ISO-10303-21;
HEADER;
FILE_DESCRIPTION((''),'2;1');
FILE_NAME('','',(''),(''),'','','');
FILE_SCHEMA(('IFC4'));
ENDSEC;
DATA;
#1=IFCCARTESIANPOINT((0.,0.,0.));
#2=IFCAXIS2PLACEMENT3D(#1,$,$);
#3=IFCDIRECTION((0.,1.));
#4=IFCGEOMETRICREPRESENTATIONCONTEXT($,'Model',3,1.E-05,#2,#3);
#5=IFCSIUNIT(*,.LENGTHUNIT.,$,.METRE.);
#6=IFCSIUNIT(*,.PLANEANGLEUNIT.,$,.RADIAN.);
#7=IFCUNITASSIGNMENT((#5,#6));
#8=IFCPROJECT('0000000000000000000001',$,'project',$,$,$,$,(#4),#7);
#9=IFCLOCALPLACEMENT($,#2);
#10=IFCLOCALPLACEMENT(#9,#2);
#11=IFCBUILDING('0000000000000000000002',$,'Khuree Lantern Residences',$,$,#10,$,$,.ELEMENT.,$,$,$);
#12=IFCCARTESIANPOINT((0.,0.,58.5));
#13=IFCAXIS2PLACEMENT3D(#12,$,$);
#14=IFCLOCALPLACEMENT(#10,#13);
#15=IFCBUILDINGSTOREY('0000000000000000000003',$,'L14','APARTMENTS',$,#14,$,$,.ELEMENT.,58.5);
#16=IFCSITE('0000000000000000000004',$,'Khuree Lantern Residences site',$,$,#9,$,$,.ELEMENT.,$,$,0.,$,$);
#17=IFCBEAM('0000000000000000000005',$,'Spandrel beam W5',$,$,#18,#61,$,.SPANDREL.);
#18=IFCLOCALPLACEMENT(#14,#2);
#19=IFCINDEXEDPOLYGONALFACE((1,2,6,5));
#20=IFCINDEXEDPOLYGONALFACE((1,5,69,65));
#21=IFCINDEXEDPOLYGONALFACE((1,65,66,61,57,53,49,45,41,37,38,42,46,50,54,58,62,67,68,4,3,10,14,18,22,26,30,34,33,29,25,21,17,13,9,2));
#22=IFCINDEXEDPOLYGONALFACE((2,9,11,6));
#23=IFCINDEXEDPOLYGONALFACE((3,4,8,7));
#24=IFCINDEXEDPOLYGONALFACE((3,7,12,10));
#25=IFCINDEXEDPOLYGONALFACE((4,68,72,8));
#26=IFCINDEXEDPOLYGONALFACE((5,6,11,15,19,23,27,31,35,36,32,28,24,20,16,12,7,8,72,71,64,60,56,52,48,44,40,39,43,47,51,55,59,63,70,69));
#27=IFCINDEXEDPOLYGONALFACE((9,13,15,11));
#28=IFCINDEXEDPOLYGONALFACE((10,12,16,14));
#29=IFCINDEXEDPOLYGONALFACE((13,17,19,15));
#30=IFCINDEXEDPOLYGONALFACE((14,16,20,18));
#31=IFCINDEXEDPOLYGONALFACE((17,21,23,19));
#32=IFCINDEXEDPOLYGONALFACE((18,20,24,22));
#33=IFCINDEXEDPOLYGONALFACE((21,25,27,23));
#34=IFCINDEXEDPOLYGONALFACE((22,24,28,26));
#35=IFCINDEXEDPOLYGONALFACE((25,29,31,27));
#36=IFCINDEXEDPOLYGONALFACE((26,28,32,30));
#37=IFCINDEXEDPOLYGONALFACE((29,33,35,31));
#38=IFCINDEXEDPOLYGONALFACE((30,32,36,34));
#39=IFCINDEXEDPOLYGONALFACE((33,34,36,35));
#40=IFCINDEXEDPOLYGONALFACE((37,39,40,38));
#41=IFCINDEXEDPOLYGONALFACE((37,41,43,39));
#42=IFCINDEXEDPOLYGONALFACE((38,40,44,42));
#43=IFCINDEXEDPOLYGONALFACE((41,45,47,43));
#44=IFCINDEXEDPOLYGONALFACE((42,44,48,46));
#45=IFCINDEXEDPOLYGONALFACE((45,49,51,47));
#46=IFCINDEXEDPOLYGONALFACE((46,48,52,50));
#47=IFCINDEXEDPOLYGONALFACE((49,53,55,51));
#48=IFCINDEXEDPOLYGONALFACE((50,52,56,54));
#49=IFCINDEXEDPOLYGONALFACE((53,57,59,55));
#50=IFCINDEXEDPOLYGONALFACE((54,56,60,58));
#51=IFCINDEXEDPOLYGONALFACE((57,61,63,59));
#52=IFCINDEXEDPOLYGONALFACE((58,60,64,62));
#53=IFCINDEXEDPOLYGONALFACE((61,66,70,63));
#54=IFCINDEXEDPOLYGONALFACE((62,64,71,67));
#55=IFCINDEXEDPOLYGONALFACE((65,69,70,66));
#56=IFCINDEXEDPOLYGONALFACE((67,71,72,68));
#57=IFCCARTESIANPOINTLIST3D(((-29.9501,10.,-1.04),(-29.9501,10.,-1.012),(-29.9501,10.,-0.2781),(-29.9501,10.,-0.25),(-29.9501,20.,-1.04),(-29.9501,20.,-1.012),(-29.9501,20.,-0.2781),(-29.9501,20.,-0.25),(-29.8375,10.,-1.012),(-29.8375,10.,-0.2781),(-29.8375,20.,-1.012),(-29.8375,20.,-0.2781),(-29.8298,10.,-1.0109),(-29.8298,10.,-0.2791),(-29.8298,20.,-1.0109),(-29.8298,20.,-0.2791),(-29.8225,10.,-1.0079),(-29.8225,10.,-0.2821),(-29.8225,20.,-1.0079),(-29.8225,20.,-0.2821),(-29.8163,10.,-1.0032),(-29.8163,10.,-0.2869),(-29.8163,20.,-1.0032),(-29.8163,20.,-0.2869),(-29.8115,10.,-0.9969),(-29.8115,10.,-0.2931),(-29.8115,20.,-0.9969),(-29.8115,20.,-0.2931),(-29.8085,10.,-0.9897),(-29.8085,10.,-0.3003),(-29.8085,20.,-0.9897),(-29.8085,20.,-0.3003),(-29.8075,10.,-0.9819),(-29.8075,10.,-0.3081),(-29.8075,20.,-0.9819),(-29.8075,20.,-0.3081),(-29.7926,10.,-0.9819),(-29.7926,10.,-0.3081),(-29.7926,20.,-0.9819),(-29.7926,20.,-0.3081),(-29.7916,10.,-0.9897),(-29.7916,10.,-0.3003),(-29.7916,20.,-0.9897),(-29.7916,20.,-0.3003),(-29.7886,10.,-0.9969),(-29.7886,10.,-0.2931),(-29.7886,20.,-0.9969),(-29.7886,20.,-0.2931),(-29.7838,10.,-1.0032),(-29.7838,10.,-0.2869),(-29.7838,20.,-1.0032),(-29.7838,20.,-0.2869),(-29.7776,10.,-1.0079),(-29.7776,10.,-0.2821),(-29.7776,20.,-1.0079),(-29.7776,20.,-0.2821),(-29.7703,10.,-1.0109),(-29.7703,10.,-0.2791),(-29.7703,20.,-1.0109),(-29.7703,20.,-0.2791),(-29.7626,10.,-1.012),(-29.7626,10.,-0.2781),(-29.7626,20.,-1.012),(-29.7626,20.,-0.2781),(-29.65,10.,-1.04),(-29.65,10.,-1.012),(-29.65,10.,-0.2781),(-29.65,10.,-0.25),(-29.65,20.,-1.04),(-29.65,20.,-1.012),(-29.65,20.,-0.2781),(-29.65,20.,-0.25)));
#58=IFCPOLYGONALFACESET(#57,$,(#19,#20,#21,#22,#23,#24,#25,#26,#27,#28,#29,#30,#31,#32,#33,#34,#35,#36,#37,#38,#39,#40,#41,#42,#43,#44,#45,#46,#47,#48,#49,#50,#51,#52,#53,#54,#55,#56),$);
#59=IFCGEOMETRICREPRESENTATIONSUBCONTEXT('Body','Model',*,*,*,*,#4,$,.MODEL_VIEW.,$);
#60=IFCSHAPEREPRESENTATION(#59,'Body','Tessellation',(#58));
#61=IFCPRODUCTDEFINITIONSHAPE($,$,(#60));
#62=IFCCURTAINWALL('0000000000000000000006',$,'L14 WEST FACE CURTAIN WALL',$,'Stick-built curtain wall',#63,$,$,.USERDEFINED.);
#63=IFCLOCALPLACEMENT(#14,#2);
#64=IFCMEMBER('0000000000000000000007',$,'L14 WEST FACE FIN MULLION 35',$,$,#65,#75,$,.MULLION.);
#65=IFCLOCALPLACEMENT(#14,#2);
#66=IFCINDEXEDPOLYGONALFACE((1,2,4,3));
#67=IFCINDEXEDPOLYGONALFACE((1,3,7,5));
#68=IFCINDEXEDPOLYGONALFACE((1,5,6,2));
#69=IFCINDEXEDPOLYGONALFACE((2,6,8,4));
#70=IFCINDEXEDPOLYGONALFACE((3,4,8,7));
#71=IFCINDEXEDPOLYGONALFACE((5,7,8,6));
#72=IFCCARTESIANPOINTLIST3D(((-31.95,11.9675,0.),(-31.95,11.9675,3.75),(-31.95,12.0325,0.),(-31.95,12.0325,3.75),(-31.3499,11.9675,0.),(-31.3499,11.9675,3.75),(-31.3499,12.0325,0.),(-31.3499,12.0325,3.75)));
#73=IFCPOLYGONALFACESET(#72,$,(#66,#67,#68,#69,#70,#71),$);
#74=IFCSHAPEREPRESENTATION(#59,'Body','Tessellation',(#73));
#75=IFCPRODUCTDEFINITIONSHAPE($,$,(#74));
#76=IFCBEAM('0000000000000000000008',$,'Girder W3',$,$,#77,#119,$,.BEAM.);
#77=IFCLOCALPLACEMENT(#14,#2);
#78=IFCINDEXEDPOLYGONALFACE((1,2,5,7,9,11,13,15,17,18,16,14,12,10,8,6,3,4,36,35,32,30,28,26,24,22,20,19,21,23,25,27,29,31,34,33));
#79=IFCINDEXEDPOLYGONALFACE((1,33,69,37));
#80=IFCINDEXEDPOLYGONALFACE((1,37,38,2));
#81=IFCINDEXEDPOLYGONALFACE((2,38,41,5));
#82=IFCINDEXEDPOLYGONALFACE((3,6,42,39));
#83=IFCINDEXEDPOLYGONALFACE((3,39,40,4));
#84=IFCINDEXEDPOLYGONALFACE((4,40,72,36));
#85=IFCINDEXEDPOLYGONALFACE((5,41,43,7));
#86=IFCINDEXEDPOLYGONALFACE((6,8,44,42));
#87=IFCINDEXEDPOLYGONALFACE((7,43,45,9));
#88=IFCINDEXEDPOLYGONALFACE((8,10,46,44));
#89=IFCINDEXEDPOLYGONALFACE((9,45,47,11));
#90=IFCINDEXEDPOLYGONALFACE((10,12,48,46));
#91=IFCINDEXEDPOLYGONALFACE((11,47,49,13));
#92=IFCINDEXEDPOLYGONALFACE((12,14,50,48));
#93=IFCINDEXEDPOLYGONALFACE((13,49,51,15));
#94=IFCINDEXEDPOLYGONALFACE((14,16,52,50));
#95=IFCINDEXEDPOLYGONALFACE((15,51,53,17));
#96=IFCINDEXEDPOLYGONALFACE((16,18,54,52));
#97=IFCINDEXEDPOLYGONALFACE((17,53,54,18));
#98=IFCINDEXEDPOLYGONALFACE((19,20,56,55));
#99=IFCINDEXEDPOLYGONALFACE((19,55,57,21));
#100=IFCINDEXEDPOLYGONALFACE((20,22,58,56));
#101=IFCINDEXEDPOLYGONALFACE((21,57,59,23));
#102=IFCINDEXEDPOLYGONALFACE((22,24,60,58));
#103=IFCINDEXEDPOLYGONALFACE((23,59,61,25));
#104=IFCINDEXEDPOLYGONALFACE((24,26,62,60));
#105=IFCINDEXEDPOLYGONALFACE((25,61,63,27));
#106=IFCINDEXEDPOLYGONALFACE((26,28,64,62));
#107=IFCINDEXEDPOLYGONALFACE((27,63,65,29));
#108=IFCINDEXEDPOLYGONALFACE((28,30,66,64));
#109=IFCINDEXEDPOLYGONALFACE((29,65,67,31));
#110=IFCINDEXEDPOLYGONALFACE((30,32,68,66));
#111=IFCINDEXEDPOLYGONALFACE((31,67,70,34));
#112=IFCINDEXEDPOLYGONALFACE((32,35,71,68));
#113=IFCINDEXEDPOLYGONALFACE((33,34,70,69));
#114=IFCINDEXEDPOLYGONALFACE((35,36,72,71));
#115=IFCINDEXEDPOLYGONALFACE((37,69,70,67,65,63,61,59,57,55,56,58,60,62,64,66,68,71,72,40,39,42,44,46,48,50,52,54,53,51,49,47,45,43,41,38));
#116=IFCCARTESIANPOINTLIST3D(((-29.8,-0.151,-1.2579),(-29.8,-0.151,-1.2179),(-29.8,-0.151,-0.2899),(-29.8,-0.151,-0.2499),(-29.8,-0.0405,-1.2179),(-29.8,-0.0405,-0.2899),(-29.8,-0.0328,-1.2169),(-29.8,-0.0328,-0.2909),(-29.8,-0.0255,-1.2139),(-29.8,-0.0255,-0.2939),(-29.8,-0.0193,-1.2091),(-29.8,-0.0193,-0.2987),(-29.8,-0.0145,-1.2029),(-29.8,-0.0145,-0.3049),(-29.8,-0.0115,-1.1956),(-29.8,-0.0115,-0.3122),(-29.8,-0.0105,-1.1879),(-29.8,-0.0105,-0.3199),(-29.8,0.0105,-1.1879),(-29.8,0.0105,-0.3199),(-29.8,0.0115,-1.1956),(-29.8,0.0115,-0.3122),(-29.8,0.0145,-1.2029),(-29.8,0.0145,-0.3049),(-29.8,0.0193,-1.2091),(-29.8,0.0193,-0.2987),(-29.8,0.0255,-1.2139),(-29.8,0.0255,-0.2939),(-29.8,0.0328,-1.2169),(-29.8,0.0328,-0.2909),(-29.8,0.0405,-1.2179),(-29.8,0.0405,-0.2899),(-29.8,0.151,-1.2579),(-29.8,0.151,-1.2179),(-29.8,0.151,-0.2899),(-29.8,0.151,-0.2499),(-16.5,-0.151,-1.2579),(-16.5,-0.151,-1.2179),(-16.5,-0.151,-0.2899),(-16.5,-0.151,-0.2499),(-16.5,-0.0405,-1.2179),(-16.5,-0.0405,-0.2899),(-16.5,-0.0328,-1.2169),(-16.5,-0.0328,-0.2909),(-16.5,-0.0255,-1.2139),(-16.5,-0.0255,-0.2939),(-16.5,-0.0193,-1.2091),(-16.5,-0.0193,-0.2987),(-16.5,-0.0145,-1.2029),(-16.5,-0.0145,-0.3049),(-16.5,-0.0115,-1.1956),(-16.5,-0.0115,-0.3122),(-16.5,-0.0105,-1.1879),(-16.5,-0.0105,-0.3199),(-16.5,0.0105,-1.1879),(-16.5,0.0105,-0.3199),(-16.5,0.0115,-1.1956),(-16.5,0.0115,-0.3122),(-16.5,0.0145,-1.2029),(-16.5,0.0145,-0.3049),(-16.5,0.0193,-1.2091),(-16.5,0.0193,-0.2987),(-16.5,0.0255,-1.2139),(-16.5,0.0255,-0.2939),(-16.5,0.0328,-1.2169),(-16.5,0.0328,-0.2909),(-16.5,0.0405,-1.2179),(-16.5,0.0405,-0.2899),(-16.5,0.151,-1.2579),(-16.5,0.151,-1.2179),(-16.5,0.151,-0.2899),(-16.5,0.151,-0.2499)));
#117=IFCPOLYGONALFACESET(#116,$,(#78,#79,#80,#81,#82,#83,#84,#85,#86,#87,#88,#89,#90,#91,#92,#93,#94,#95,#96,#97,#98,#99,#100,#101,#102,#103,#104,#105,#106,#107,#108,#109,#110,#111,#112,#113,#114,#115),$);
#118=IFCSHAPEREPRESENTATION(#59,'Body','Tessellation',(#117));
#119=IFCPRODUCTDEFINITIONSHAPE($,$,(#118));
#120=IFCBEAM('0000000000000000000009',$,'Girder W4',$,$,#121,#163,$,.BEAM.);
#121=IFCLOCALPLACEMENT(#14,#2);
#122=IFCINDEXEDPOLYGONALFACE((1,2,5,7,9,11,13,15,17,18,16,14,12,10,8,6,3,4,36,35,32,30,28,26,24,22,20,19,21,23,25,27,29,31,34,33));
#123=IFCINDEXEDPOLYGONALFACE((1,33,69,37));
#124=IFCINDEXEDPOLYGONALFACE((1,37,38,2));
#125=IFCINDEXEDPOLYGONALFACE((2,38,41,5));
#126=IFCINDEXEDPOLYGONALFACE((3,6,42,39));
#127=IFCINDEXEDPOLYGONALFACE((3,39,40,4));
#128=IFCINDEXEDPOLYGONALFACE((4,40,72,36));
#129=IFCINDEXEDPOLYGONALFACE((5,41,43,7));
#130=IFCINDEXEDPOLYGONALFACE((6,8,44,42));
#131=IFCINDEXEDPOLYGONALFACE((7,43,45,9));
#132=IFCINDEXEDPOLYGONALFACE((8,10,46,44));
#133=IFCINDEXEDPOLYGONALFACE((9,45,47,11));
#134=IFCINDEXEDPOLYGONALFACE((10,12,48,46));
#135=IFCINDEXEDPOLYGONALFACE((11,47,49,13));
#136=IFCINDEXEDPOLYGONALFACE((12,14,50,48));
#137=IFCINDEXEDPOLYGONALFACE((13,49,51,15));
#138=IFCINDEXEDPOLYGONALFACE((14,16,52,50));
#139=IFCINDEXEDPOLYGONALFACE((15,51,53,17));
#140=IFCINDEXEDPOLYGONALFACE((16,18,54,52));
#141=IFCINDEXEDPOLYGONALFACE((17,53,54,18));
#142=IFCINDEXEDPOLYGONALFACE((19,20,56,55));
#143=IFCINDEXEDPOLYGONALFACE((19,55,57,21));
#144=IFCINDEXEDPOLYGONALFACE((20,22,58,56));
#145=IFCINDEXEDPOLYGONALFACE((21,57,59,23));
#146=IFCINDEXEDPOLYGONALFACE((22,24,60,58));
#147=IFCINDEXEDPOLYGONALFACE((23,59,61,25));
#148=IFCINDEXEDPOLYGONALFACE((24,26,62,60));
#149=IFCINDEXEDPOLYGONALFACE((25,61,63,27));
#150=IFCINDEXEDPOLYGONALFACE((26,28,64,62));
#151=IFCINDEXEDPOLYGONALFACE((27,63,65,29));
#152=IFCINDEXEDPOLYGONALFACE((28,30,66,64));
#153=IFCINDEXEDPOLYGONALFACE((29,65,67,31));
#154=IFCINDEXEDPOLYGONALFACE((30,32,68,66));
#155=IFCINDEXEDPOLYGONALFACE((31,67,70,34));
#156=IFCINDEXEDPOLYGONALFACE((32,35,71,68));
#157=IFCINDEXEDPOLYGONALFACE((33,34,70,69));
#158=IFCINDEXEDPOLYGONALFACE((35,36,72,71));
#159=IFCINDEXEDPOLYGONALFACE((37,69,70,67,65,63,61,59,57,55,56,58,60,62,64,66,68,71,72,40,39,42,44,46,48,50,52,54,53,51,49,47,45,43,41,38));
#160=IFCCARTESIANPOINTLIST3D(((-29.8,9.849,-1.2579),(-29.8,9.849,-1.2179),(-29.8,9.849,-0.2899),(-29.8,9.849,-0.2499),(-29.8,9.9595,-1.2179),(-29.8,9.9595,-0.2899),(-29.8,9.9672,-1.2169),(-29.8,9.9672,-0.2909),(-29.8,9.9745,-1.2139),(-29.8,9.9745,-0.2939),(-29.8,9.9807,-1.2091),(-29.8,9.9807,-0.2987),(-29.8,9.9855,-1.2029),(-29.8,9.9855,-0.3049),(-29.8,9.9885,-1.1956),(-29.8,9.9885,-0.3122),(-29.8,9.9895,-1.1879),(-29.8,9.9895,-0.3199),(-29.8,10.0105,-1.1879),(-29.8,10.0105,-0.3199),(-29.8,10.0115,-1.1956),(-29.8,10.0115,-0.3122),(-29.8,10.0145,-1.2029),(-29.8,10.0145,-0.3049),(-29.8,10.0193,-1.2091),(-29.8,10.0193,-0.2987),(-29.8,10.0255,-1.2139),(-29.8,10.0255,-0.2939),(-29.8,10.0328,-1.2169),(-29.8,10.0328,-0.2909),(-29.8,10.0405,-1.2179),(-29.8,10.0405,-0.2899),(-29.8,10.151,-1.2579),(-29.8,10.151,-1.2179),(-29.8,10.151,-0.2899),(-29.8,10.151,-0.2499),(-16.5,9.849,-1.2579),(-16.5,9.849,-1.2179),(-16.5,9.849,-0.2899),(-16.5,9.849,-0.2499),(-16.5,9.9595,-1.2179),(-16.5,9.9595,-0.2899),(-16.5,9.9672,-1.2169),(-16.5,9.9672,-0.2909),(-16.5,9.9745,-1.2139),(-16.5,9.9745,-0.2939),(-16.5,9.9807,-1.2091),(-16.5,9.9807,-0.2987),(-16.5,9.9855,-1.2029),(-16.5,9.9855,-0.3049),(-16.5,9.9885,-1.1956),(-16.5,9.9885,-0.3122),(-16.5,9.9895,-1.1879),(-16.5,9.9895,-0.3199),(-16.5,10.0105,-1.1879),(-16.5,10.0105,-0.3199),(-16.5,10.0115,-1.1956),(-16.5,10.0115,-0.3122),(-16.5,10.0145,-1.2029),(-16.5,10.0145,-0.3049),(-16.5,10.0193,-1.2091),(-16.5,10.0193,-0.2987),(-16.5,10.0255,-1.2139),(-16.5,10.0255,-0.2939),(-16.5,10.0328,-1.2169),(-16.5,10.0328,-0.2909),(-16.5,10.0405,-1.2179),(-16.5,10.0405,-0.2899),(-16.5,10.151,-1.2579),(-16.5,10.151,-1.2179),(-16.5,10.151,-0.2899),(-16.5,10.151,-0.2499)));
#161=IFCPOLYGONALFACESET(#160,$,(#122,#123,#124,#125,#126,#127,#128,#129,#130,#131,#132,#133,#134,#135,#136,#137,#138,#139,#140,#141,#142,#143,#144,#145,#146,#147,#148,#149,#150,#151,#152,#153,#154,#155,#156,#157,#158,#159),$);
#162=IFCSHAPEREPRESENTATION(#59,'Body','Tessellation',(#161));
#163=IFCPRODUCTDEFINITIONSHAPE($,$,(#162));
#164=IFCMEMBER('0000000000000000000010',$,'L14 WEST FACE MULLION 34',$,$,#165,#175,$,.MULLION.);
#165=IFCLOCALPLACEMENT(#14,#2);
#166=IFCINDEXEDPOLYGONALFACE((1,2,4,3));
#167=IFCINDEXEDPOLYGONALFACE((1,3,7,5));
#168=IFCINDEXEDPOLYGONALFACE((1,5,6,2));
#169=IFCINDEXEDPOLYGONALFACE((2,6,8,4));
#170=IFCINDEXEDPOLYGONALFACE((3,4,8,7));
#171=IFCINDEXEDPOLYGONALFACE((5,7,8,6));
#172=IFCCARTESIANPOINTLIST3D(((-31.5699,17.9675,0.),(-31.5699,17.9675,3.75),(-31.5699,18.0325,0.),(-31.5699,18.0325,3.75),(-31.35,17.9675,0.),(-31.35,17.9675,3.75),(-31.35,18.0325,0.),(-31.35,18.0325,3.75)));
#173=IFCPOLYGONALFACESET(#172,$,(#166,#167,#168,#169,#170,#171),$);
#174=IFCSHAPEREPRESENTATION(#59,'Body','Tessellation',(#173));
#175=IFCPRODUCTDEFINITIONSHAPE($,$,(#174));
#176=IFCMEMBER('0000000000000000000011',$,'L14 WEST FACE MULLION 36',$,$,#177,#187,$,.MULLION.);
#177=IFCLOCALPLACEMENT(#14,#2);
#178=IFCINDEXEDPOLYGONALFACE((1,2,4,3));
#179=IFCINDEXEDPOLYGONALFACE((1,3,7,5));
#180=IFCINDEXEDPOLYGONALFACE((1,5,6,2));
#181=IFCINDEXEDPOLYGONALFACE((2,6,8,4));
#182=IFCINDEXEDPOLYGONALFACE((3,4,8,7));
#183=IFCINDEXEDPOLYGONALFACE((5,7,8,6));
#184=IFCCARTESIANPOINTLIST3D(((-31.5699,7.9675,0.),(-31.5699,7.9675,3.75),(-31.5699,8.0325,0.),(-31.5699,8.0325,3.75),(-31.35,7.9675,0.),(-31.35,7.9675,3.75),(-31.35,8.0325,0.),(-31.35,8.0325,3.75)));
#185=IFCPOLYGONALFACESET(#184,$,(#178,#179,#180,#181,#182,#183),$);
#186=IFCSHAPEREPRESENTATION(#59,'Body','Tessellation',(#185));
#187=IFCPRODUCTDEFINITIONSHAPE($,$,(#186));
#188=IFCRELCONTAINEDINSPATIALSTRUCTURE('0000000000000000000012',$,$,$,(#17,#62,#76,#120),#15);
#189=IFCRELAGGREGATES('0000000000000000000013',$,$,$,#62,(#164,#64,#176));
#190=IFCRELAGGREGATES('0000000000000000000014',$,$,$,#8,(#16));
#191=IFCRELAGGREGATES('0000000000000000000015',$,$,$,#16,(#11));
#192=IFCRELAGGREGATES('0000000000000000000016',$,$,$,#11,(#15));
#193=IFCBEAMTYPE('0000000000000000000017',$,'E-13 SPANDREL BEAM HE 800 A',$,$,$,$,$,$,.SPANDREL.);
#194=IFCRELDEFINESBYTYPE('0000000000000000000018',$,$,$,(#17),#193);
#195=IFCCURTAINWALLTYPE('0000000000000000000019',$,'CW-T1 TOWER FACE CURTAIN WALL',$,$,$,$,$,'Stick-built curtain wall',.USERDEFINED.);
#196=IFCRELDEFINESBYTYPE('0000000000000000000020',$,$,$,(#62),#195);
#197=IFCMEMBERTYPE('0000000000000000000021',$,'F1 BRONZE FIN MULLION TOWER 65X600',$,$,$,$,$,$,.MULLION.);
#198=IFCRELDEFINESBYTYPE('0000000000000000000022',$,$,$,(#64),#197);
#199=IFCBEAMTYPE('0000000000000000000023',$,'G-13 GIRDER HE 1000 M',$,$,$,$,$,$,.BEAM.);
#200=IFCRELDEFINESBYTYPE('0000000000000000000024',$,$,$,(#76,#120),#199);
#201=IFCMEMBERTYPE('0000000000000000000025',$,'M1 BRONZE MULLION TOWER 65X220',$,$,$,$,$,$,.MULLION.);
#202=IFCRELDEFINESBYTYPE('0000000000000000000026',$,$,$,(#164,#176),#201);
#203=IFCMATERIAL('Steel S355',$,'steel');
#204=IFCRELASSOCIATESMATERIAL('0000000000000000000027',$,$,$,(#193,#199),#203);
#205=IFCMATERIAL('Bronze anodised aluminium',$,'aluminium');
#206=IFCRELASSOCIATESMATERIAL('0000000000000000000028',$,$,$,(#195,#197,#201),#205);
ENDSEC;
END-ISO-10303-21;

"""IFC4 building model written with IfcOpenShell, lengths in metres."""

from ifc_helpers import new_model, si_unit, direction, frame, origin, origin_2d, place, context, subcontext, project, spatial, rectangle, i_section, extrude, material, material_profile, profile_set, type_object, element, aggregate, save


model = new_model("IFC4")

# Units and contexts
model_context = context("Model", 3, precision=1e-05, world=origin(), true_north=direction((0.0, 1.0)))
body_context = subcontext(model_context, "Body", "Model", "MODEL_VIEW")
ifc_project = project(units=[si_unit("LENGTHUNIT", "METRE"), si_unit("PLANEANGLEUNIT", "RADIAN")], contexts=[model_context])

# Site, building, storey
site_placement = place(None, origin())
site = spatial("IfcSite", under=ifc_project, at=site_placement, Name="Khuree Lantern Residences site", CompositionType="ELEMENT", RefElevation=0.0)
building_placement = place(site_placement, origin())
building = spatial("IfcBuilding", under=site, at=building_placement, Name="Khuree Lantern Residences", CompositionType="ELEMENT")
storey_placement = place(building_placement, frame((0.0, 0.0, 58.5)))
storey = spatial("IfcBuildingStorey", under=building, at=storey_placement, Name="L14", Description="APARTMENTS", CompositionType="ELEMENT", Elevation=58.5)

# Beam
ifc_material_1 = material(Name="Steel S355", Category="steel")
ifc_material_profile_1 = material_profile(ifc_material_1, i_section(OverallWidth=0.3, OverallDepth=0.79, WebThickness=0.0149, FlangeThickness=0.0281, FilletRadius=0.03, at=origin_2d()), Name="HE 800 A")
ifc_profile_set_1 = profile_set([ifc_material_profile_1], Name="Steel S355")
beam_type_1 = type_object("IfcBeamType", Name="E-13 SPANDREL BEAM HE 800 A", PredefinedType="SPANDREL", material=ifc_profile_set_1)
for number, where, z_axis, x_axis, name in (
    (1, (-29.8, 10.0, -0.645), (0.0, 1.0, 0.0), (-1.0, 0.0, 0.0), "Spandrel beam W5"),
):
    element("IfcBeam", number, at=place(storey_placement, frame(where, z_axis=z_axis, x_axis=x_axis)), inside=storey, type_object=beam_type_1, Name=name, PredefinedType="SPANDREL", context=body_context, shape_type="SweptSolid", body=[
        extrude(i_section(OverallWidth=0.3, OverallDepth=0.79, WebThickness=0.0149, FlangeThickness=0.0281, FilletRadius=0.03, at=origin_2d()), origin(), (0.0, 0.0, 1.0), 10.0),
    ])

# Curtain wall, member
ifc_material_2 = material(Name="Bronze anodised aluminium", Category="aluminium")
curtain_wall_type = type_object("IfcCurtainWallType", Name="CW-T1 TOWER FACE CURTAIN WALL", ElementType="Stick-built curtain wall", PredefinedType="USERDEFINED", material=ifc_material_2)
curtain_wall_placement = place(storey_placement, origin())
curtain_wall = element("IfcCurtainWall", 2, at=curtain_wall_placement, inside=storey, type_object=curtain_wall_type, Name="L14 WEST FACE CURTAIN WALL", ObjectType="Stick-built curtain wall", PredefinedType="USERDEFINED")
ifc_material_profile_2 = material_profile(ifc_material_2, rectangle(XDim=0.0649, YDim=0.6001, at=origin_2d()), Name="F1 65X600")
ifc_profile_set_2 = profile_set([ifc_material_profile_2], Name="Bronze anodised aluminium")
member_type_1 = type_object("IfcMemberType", Name="F1 BRONZE FIN MULLION TOWER 65X600", PredefinedType="MULLION", material=ifc_profile_set_2)
member_1_placement = place(storey_placement, frame((-31.6499, 12.0, 0.0), z_axis=(0.0, 0.0, 1.0), x_axis=(0.0, -1.0, 0.0)))
member_1 = element("IfcMember", 3, at=member_1_placement, type_object=member_type_1, Name="L14 WEST FACE FIN MULLION 35", PredefinedType="MULLION", context=body_context, shape_type="SweptSolid", body=[
    extrude(rectangle(XDim=0.0649, YDim=0.6001, at=origin_2d()), origin(), (0.0, 0.0, 1.0), 3.75),
])

# Beams
ifc_material_profile_3 = material_profile(ifc_material_1, i_section(OverallWidth=0.302, OverallDepth=1.0081, WebThickness=0.021, FlangeThickness=0.04, FilletRadius=0.03, at=origin_2d()), Name="HE 1000 M")
ifc_profile_set_3 = profile_set([ifc_material_profile_3], Name="Steel S355")
beam_type_2 = type_object("IfcBeamType", Name="G-13 GIRDER HE 1000 M", PredefinedType="BEAM", material=ifc_profile_set_3)
for number, where, z_axis, x_axis, name in (
    (4, (-29.8, 0.0, -0.7539), (1.0, 0.0, 0.0), (0.0, 1.0, 0.0), "Girder W3"),
    (5, (-29.8, 10.0, -0.7539), (1.0, 0.0, 0.0), (0.0, 1.0, 0.0), "Girder W4"),
):
    element("IfcBeam", number, at=place(storey_placement, frame(where, z_axis=z_axis, x_axis=x_axis)), inside=storey, type_object=beam_type_2, Name=name, PredefinedType="BEAM", context=body_context, shape_type="SweptSolid", body=[
        extrude(i_section(OverallWidth=0.302, OverallDepth=1.0081, WebThickness=0.021, FlangeThickness=0.04, FilletRadius=0.03, at=origin_2d()), origin(), (0.0, 0.0, 1.0), 13.3),
    ])

# Members
ifc_material_profile_4 = material_profile(ifc_material_2, rectangle(XDim=0.0649, YDim=0.22, at=origin_2d()), Name="M1 65X220")
ifc_profile_set_4 = profile_set([ifc_material_profile_4], Name="Bronze anodised aluminium")
member_type_2 = type_object("IfcMemberType", Name="M1 BRONZE MULLION TOWER 65X220", PredefinedType="MULLION", material=ifc_profile_set_4)
member_2_placement = place(storey_placement, frame((-31.46, 18.0, 0.0), z_axis=(0.0, 0.0, 1.0), x_axis=(0.0, -1.0, 0.0)))
member_2 = element("IfcMember", 6, at=member_2_placement, type_object=member_type_2, Name="L14 WEST FACE MULLION 34", PredefinedType="MULLION", context=body_context, shape_type="SweptSolid", body=[
    extrude(rectangle(XDim=0.0649, YDim=0.22, at=origin_2d()), origin(), (0.0, 0.0, 1.0), 3.75),
])
member_3_placement = place(storey_placement, frame((-31.46, 8.0, 0.0), z_axis=(0.0, 0.0, 1.0), x_axis=(0.0, -1.0, 0.0)))
member_3 = element("IfcMember", 7, at=member_3_placement, type_object=member_type_2, Name="L14 WEST FACE MULLION 36", PredefinedType="MULLION", context=body_context, shape_type="SweptSolid", body=[
    extrude(rectangle(XDim=0.0649, YDim=0.22, at=origin_2d()), origin(), (0.0, 0.0, 1.0), 3.75),
])

aggregate(curtain_wall, [member_2, member_1, member_3])

save(model, "model.ifc")
